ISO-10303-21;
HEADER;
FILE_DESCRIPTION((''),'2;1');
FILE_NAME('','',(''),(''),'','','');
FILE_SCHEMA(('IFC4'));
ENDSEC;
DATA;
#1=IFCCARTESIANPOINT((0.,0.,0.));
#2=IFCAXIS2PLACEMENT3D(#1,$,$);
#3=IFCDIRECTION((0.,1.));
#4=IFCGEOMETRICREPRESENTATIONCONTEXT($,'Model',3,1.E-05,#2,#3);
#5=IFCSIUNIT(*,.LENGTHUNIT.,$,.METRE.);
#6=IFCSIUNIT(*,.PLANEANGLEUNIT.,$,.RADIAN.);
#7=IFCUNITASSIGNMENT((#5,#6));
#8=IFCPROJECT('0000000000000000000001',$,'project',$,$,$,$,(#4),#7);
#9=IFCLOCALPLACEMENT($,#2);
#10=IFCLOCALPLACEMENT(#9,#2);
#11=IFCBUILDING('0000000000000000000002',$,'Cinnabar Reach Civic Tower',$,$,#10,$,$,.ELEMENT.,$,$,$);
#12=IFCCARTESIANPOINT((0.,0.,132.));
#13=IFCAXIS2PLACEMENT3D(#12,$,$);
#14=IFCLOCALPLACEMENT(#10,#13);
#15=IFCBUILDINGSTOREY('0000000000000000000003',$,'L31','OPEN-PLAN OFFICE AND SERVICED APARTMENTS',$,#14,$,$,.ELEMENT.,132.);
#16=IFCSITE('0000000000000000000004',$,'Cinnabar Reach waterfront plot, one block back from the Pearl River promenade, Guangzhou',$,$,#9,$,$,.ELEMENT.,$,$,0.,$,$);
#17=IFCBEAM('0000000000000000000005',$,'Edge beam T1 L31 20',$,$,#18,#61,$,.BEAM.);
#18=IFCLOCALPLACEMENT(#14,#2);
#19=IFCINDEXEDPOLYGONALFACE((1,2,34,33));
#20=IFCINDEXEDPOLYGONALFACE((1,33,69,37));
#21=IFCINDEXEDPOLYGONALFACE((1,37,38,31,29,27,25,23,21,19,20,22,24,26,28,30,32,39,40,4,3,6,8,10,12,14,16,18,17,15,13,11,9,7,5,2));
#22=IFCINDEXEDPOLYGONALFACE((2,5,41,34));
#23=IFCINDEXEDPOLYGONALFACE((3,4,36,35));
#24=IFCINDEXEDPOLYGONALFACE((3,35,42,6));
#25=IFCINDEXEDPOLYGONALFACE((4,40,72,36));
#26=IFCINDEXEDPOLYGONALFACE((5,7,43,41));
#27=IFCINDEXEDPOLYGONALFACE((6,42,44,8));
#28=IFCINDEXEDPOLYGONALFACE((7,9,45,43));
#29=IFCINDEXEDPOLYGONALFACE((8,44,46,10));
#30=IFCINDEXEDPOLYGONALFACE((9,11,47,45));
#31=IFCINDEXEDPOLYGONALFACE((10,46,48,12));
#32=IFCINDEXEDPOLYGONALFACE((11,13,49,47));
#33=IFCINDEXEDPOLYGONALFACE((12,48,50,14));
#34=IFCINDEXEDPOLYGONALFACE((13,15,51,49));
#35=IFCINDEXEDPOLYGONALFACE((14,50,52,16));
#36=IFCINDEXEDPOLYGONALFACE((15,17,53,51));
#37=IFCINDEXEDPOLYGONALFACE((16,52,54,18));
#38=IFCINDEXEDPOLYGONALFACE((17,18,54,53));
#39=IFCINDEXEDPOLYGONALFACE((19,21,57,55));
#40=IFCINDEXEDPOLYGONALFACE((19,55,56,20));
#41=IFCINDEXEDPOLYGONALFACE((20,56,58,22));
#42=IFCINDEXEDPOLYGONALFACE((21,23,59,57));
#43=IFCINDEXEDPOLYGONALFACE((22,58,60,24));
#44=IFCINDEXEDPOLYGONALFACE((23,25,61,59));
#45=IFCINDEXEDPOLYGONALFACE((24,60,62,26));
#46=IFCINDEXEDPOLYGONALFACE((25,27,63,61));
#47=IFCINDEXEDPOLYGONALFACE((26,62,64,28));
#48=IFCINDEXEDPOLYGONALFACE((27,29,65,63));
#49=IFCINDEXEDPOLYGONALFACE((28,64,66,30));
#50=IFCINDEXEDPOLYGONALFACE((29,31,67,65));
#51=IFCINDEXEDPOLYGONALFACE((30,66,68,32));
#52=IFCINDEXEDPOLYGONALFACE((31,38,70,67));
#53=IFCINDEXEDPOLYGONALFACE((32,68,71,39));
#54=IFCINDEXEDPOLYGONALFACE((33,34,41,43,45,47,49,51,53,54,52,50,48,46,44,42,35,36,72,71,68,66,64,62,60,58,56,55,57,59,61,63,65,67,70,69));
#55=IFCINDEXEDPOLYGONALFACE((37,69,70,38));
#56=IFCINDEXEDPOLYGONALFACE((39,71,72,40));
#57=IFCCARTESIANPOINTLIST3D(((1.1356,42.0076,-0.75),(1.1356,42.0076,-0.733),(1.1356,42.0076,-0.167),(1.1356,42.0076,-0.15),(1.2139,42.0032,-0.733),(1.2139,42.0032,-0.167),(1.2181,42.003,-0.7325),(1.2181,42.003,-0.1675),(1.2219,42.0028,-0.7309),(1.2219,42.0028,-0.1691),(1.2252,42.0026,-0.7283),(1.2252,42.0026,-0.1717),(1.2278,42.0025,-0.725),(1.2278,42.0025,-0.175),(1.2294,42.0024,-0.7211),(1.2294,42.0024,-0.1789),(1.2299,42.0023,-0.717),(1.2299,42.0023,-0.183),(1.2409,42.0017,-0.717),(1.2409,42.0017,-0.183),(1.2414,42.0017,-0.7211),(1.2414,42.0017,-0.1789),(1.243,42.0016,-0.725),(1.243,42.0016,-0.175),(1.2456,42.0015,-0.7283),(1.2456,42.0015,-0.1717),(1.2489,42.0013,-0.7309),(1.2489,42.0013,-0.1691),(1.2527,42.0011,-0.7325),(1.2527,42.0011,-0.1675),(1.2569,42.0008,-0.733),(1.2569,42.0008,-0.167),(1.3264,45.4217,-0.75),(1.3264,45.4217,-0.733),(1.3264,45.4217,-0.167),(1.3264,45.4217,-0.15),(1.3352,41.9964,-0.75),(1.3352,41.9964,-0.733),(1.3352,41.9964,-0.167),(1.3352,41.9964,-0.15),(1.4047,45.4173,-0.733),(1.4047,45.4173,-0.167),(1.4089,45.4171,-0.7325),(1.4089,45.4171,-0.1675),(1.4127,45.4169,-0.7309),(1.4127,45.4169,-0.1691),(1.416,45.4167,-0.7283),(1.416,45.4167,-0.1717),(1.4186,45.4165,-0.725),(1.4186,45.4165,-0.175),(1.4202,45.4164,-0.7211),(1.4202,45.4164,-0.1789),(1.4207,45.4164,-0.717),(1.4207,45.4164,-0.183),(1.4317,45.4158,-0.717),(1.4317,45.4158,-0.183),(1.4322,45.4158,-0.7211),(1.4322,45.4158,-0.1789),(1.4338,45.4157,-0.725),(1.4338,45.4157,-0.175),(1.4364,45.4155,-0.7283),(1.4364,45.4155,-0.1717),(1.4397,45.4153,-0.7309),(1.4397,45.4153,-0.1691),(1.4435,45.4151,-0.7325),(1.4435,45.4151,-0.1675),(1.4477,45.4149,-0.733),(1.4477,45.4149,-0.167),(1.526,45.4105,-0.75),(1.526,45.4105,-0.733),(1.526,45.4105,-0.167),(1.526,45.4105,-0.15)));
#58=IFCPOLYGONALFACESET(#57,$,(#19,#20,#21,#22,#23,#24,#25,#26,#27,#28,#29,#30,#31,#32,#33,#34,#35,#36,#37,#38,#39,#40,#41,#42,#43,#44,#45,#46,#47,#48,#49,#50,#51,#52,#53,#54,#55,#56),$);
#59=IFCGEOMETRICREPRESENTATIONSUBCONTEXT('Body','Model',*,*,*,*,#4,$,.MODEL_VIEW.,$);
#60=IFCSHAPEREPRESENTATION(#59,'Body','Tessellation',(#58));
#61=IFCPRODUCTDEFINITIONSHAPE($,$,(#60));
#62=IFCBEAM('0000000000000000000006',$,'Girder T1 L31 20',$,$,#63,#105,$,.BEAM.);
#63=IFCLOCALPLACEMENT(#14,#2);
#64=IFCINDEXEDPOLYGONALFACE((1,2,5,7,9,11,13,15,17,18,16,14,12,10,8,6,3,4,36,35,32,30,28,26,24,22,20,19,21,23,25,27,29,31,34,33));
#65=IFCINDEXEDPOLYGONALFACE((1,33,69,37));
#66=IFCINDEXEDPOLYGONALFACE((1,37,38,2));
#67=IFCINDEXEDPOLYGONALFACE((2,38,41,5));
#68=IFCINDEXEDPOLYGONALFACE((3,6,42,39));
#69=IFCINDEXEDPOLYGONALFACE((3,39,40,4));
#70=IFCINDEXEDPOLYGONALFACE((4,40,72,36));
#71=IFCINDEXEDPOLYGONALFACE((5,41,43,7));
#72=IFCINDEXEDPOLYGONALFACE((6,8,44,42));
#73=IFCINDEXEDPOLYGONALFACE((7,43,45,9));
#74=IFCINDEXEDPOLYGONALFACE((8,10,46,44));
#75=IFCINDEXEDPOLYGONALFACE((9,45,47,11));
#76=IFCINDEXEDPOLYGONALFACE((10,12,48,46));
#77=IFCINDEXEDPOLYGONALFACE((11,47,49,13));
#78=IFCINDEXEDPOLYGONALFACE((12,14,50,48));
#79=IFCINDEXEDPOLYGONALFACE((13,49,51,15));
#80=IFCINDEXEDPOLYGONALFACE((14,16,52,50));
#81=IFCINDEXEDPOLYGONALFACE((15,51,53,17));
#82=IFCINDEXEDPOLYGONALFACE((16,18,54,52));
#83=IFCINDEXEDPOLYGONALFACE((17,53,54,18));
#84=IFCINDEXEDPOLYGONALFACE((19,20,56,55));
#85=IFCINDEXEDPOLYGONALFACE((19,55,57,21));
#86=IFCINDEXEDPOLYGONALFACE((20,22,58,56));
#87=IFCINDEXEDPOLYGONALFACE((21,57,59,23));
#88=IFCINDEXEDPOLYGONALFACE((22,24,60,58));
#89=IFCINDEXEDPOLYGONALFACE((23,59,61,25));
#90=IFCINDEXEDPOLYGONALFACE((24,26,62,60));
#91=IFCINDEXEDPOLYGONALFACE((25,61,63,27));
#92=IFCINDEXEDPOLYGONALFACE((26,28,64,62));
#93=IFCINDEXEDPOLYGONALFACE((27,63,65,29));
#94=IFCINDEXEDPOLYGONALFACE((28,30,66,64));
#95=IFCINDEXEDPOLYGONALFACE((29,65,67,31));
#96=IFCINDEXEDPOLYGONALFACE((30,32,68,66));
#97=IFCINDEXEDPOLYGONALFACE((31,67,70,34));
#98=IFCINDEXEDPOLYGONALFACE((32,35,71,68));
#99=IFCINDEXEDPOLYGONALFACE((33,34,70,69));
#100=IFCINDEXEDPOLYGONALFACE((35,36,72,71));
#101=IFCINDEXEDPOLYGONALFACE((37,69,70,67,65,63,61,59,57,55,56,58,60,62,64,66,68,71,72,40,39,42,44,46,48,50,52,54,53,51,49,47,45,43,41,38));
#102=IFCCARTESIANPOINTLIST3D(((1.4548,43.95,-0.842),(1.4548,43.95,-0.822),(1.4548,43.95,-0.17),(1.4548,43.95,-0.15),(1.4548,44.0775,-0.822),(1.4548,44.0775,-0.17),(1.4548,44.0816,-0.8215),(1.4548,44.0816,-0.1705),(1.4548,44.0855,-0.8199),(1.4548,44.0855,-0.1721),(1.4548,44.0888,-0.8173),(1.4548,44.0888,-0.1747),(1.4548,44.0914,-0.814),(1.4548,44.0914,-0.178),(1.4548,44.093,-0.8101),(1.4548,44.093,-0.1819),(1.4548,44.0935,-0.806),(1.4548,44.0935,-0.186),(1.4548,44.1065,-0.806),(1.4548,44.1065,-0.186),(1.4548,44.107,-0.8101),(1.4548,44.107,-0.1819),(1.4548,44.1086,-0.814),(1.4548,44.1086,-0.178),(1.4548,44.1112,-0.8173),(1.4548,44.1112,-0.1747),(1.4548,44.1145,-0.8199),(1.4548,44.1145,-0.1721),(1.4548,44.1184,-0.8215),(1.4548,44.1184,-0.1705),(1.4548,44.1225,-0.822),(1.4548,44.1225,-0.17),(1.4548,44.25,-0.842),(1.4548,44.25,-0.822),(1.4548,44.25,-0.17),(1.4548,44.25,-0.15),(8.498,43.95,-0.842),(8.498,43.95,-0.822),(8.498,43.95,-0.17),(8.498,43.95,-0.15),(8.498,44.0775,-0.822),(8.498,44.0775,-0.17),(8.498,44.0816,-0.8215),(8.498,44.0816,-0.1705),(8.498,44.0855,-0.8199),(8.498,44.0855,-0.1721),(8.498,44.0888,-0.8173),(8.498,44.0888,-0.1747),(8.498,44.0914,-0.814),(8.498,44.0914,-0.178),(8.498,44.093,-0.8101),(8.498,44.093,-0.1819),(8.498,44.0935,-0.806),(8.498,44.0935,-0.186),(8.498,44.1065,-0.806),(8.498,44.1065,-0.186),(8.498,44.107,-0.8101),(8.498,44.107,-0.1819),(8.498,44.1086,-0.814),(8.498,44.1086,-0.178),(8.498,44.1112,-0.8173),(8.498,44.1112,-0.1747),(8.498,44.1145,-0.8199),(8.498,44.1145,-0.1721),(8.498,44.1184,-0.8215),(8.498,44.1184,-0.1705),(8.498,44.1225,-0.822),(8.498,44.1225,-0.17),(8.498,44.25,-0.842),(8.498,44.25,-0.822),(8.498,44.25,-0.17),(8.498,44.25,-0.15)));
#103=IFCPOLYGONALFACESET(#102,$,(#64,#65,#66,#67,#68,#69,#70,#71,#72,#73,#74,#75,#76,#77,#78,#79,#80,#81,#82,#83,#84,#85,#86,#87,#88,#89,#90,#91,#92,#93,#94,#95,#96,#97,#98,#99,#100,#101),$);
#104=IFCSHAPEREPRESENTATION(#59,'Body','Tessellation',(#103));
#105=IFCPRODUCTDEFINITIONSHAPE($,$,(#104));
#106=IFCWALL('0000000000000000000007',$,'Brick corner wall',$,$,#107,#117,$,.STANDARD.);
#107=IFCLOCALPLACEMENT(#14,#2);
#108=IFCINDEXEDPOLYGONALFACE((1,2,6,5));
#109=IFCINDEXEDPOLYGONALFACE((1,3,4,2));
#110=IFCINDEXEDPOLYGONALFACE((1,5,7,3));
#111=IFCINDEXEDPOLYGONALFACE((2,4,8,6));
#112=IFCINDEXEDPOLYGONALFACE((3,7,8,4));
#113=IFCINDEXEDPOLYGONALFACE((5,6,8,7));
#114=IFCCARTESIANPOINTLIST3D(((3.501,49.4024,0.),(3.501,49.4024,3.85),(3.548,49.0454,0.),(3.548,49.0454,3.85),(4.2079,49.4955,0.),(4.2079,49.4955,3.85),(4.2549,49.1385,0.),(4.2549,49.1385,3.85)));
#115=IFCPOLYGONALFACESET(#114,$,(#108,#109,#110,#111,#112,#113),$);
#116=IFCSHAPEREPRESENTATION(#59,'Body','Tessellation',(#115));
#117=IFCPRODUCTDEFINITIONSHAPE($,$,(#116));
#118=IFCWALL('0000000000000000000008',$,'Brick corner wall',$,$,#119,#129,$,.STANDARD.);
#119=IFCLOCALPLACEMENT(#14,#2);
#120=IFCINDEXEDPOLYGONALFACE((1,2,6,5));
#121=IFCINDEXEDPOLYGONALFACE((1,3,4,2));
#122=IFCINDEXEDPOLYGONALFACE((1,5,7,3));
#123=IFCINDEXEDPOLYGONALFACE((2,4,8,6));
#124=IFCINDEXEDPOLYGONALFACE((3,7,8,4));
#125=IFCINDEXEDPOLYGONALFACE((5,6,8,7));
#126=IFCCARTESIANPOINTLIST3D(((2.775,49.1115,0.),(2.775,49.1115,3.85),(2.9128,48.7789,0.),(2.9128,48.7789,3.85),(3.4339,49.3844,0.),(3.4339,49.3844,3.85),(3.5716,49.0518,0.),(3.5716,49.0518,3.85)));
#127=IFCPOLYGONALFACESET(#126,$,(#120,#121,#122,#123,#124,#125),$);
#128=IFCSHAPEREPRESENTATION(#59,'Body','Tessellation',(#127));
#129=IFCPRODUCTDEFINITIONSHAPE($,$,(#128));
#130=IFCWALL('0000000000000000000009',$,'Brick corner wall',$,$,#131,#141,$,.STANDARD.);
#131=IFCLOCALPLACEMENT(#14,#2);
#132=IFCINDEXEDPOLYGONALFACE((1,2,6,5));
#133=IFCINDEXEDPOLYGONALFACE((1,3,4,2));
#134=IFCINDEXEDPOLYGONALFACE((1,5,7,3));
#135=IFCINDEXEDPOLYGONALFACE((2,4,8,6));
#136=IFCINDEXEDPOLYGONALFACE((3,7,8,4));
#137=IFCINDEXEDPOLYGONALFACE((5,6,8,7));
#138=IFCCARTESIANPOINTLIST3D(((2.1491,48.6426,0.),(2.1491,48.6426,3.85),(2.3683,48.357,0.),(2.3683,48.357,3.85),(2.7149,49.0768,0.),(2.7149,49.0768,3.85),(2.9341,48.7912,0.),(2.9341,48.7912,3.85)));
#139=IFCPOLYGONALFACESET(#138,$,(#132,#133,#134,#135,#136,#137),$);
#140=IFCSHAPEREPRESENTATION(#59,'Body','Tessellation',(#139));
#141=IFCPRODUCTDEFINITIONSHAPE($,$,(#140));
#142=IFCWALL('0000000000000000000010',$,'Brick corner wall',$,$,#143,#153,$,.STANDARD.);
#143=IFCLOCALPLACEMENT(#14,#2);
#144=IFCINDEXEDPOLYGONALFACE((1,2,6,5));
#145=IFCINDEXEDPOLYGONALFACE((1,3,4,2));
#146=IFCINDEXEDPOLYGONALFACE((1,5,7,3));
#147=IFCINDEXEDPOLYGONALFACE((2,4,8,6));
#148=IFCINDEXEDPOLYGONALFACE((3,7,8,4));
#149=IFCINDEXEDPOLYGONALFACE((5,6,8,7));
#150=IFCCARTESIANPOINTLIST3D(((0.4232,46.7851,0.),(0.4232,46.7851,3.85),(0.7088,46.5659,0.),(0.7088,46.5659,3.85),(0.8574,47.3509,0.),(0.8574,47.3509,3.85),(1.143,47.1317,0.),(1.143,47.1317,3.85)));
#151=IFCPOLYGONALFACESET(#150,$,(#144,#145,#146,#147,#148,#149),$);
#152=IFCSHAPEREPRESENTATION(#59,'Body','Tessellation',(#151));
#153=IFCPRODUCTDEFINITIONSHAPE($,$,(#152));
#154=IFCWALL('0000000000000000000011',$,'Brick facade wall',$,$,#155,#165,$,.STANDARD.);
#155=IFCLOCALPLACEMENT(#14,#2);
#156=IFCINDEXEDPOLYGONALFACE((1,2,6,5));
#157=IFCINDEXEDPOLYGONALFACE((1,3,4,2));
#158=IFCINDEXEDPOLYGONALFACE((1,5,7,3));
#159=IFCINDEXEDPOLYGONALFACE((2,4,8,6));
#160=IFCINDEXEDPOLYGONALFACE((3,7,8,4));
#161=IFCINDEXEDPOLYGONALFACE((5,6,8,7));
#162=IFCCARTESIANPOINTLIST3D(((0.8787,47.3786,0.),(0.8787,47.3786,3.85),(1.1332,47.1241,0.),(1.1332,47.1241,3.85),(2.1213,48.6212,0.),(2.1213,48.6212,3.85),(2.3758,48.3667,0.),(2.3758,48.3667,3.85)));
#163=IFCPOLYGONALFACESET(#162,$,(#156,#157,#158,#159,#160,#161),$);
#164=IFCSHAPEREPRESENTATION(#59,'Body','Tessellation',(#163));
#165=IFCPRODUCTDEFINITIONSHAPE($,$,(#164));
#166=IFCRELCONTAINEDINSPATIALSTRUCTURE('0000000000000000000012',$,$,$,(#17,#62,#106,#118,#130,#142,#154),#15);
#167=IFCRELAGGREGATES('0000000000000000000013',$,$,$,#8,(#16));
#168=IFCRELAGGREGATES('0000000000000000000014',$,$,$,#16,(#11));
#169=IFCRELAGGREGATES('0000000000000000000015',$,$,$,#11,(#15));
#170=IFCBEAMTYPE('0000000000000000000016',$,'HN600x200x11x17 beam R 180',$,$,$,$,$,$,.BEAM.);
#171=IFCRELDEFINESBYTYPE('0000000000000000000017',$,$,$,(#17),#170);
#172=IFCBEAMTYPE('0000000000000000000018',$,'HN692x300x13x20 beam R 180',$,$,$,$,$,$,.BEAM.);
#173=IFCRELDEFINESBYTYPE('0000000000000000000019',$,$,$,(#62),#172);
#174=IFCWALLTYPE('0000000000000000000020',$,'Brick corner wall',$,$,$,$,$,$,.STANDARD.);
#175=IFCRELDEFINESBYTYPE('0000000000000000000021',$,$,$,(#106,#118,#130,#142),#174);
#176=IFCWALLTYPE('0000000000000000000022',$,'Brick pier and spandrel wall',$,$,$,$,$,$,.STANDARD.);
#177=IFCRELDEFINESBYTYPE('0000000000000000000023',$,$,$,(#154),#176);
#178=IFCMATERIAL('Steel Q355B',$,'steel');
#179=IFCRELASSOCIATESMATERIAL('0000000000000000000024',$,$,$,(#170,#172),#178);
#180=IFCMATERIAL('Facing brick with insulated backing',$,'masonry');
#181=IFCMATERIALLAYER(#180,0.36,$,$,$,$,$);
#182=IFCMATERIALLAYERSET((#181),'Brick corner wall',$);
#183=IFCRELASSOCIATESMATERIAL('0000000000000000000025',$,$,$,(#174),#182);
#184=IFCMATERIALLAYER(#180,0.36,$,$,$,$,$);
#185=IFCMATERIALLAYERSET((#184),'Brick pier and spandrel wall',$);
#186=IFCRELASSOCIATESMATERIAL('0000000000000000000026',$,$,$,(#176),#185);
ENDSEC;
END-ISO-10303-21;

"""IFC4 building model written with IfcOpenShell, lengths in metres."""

from ifc_helpers import new_model, si_unit, direction, frame, frame_2d, origin, origin_2d, place, context, subcontext, project, spatial, rectangle, i_section, extrude, material, layer, layer_set, material_profile, profile_set, type_object, element, save


model = new_model("IFC4")

# Units and contexts
model_context = context("Model", 3, precision=1e-05, world=origin(), true_north=direction((0.0, 1.0)))
body_context = subcontext(model_context, "Body", "Model", "MODEL_VIEW")
ifc_project = project(units=[si_unit("LENGTHUNIT", "METRE"), si_unit("PLANEANGLEUNIT", "RADIAN")], contexts=[model_context])

# Site, building, storey
site_placement = place(None, origin())
site = spatial("IfcSite", under=ifc_project, at=site_placement, Name="Cinnabar Reach waterfront plot, one block back from the Pearl River promenade, Guangzhou", CompositionType="ELEMENT", RefElevation=0.0)
building_placement = place(site_placement, origin())
building = spatial("IfcBuilding", under=site, at=building_placement, Name="Cinnabar Reach Civic Tower", CompositionType="ELEMENT")
storey_placement = place(building_placement, frame((0.0, 0.0, 132.0)))
storey = spatial("IfcBuildingStorey", under=building, at=storey_placement, Name="L31", Description="OPEN-PLAN OFFICE AND SERVICED APARTMENTS", CompositionType="ELEMENT", Elevation=132.0)

# Beams
ifc_material_1 = material(Name="Steel Q355B", Category="steel")
ifc_material_profile_1 = material_profile(ifc_material_1, i_section(OverallWidth=0.2, OverallDepth=0.6, WebThickness=0.011, FlangeThickness=0.017, FilletRadius=0.016, at=origin_2d()), Name="HN600x200x11x17")
ifc_profile_set_1 = profile_set([ifc_material_profile_1], Name="Steel Q355B")
beam_type_1 = type_object("IfcBeamType", Name="HN600x200x11x17 beam R 180", PredefinedType="BEAM", material=ifc_profile_set_1)
beam_1_placement = place(storey_placement, frame((1.4262, 45.4161, -0.45), z_axis=(-0.055799, -0.998442, 0.0), x_axis=(0.998442, -0.055799, 0.0)))
element("IfcBeam", 1, at=beam_1_placement, inside=storey, type_object=beam_type_1, Name="Edge beam T1 L31 20", PredefinedType="BEAM", context=body_context, shape_type="SweptSolid", body=[
    extrude(i_section(OverallWidth=0.2, OverallDepth=0.6, WebThickness=0.011, FlangeThickness=0.017, FilletRadius=0.016, at=origin_2d()), origin(), (0.0, 0.0, 1.0), 3.4194),
])
ifc_material_profile_2 = material_profile(ifc_material_1, i_section(OverallWidth=0.3, OverallDepth=0.692, WebThickness=0.013, FlangeThickness=0.02, FilletRadius=0.016, at=origin_2d()), Name="HN692x300x13x20")
ifc_profile_set_2 = profile_set([ifc_material_profile_2], Name="Steel Q355B")
beam_type_2 = type_object("IfcBeamType", Name="HN692x300x13x20 beam R 180", PredefinedType="BEAM", material=ifc_profile_set_2)
beam_2_placement = place(storey_placement, frame((1.4548, 44.1, -0.496), z_axis=(1.0, 0.0, 0.0), x_axis=(0.0, 1.0, 0.0)))
element("IfcBeam", 2, at=beam_2_placement, inside=storey, type_object=beam_type_2, Name="Girder T1 L31 20", PredefinedType="BEAM", context=body_context, shape_type="SweptSolid", body=[
    extrude(i_section(OverallWidth=0.3, OverallDepth=0.692, WebThickness=0.013, FlangeThickness=0.02, FilletRadius=0.016, at=origin_2d()), origin(), (0.0, 0.0, 1.0), 7.0432),
])

# Walls
ifc_material_2 = material(Name="Facing brick with insulated backing", Category="masonry")
ifc_layer_1 = layer(ifc_material_2, 0.36)
ifc_layer_set_1 = layer_set([ifc_layer_1], Name="Brick corner wall")
wall_type_1 = type_object("IfcWallType", Name="Brick corner wall", PredefinedType="STANDARD", material=ifc_layer_set_1)
for number, where, z_axis, x_axis, name in (
    (3, (4.2314, 49.317, 0.0), (0.0, 0.0, 1.0), (-0.991441, -0.130556, 0.0), "Brick corner wall"),
    (4, (3.5027, 49.2181, 0.0), (0.0, 0.0, 1.0), (-0.923872, -0.382703, 0.0), "Brick corner wall"),
):
    element("IfcWall", number, at=place(storey_placement, frame(where, z_axis=z_axis, x_axis=x_axis)), inside=storey, type_object=wall_type_1, Name=name, PredefinedType="STANDARD", context=body_context, shape_type="SweptSolid", body=[
        extrude(rectangle(XDim=0.7131, YDim=0.36, at=frame_2d((0.3565, 0.0))), origin(), (0.0, 0.0, 1.0), 3.85),
    ])
for number, where, z_axis, x_axis, name in (
    (5, (2.8245, 48.934, 0.0), (0.0, 0.0, 1.0), (-0.793322, -0.608802, 0.0), "Brick corner wall"),
    (6, (1.0002, 47.2413, 0.0), (0.0, 0.0, 1.0), (-0.608802, -0.793322, 0.0), "Brick corner wall"),
):
    element("IfcWall", number, at=place(storey_placement, frame(where, z_axis=z_axis, x_axis=x_axis)), inside=storey, type_object=wall_type_1, Name=name, PredefinedType="STANDARD", context=body_context, shape_type="SweptSolid", body=[
        extrude(rectangle(XDim=0.7132, YDim=0.36, at=frame_2d((0.3566, 0.0))), origin(), (0.0, 0.0, 1.0), 3.85),
    ])
ifc_layer_2 = layer(ifc_material_2, 0.36)
ifc_layer_set_2 = layer_set([ifc_layer_2], Name="Brick pier and spandrel wall")
wall_type_2 = type_object("IfcWallType", Name="Brick pier and spandrel wall", PredefinedType="STANDARD", material=ifc_layer_set_2)
wall_1_placement = place(storey_placement, frame((2.2486, 48.494, 0.0), z_axis=(0.0, 0.0, 1.0), x_axis=(-0.707107, -0.707107, 0.0)))
element("IfcWall", 7, at=wall_1_placement, inside=storey, type_object=wall_type_2, Name="Brick facade wall", PredefinedType="STANDARD", context=body_context, shape_type="SweptSolid", body=[
    extrude(rectangle(XDim=1.7573, YDim=0.36, at=frame_2d((0.8787, 0.0))), origin(), (0.0, 0.0, 1.0), 3.85),
])

save(model, "model.ifc")
